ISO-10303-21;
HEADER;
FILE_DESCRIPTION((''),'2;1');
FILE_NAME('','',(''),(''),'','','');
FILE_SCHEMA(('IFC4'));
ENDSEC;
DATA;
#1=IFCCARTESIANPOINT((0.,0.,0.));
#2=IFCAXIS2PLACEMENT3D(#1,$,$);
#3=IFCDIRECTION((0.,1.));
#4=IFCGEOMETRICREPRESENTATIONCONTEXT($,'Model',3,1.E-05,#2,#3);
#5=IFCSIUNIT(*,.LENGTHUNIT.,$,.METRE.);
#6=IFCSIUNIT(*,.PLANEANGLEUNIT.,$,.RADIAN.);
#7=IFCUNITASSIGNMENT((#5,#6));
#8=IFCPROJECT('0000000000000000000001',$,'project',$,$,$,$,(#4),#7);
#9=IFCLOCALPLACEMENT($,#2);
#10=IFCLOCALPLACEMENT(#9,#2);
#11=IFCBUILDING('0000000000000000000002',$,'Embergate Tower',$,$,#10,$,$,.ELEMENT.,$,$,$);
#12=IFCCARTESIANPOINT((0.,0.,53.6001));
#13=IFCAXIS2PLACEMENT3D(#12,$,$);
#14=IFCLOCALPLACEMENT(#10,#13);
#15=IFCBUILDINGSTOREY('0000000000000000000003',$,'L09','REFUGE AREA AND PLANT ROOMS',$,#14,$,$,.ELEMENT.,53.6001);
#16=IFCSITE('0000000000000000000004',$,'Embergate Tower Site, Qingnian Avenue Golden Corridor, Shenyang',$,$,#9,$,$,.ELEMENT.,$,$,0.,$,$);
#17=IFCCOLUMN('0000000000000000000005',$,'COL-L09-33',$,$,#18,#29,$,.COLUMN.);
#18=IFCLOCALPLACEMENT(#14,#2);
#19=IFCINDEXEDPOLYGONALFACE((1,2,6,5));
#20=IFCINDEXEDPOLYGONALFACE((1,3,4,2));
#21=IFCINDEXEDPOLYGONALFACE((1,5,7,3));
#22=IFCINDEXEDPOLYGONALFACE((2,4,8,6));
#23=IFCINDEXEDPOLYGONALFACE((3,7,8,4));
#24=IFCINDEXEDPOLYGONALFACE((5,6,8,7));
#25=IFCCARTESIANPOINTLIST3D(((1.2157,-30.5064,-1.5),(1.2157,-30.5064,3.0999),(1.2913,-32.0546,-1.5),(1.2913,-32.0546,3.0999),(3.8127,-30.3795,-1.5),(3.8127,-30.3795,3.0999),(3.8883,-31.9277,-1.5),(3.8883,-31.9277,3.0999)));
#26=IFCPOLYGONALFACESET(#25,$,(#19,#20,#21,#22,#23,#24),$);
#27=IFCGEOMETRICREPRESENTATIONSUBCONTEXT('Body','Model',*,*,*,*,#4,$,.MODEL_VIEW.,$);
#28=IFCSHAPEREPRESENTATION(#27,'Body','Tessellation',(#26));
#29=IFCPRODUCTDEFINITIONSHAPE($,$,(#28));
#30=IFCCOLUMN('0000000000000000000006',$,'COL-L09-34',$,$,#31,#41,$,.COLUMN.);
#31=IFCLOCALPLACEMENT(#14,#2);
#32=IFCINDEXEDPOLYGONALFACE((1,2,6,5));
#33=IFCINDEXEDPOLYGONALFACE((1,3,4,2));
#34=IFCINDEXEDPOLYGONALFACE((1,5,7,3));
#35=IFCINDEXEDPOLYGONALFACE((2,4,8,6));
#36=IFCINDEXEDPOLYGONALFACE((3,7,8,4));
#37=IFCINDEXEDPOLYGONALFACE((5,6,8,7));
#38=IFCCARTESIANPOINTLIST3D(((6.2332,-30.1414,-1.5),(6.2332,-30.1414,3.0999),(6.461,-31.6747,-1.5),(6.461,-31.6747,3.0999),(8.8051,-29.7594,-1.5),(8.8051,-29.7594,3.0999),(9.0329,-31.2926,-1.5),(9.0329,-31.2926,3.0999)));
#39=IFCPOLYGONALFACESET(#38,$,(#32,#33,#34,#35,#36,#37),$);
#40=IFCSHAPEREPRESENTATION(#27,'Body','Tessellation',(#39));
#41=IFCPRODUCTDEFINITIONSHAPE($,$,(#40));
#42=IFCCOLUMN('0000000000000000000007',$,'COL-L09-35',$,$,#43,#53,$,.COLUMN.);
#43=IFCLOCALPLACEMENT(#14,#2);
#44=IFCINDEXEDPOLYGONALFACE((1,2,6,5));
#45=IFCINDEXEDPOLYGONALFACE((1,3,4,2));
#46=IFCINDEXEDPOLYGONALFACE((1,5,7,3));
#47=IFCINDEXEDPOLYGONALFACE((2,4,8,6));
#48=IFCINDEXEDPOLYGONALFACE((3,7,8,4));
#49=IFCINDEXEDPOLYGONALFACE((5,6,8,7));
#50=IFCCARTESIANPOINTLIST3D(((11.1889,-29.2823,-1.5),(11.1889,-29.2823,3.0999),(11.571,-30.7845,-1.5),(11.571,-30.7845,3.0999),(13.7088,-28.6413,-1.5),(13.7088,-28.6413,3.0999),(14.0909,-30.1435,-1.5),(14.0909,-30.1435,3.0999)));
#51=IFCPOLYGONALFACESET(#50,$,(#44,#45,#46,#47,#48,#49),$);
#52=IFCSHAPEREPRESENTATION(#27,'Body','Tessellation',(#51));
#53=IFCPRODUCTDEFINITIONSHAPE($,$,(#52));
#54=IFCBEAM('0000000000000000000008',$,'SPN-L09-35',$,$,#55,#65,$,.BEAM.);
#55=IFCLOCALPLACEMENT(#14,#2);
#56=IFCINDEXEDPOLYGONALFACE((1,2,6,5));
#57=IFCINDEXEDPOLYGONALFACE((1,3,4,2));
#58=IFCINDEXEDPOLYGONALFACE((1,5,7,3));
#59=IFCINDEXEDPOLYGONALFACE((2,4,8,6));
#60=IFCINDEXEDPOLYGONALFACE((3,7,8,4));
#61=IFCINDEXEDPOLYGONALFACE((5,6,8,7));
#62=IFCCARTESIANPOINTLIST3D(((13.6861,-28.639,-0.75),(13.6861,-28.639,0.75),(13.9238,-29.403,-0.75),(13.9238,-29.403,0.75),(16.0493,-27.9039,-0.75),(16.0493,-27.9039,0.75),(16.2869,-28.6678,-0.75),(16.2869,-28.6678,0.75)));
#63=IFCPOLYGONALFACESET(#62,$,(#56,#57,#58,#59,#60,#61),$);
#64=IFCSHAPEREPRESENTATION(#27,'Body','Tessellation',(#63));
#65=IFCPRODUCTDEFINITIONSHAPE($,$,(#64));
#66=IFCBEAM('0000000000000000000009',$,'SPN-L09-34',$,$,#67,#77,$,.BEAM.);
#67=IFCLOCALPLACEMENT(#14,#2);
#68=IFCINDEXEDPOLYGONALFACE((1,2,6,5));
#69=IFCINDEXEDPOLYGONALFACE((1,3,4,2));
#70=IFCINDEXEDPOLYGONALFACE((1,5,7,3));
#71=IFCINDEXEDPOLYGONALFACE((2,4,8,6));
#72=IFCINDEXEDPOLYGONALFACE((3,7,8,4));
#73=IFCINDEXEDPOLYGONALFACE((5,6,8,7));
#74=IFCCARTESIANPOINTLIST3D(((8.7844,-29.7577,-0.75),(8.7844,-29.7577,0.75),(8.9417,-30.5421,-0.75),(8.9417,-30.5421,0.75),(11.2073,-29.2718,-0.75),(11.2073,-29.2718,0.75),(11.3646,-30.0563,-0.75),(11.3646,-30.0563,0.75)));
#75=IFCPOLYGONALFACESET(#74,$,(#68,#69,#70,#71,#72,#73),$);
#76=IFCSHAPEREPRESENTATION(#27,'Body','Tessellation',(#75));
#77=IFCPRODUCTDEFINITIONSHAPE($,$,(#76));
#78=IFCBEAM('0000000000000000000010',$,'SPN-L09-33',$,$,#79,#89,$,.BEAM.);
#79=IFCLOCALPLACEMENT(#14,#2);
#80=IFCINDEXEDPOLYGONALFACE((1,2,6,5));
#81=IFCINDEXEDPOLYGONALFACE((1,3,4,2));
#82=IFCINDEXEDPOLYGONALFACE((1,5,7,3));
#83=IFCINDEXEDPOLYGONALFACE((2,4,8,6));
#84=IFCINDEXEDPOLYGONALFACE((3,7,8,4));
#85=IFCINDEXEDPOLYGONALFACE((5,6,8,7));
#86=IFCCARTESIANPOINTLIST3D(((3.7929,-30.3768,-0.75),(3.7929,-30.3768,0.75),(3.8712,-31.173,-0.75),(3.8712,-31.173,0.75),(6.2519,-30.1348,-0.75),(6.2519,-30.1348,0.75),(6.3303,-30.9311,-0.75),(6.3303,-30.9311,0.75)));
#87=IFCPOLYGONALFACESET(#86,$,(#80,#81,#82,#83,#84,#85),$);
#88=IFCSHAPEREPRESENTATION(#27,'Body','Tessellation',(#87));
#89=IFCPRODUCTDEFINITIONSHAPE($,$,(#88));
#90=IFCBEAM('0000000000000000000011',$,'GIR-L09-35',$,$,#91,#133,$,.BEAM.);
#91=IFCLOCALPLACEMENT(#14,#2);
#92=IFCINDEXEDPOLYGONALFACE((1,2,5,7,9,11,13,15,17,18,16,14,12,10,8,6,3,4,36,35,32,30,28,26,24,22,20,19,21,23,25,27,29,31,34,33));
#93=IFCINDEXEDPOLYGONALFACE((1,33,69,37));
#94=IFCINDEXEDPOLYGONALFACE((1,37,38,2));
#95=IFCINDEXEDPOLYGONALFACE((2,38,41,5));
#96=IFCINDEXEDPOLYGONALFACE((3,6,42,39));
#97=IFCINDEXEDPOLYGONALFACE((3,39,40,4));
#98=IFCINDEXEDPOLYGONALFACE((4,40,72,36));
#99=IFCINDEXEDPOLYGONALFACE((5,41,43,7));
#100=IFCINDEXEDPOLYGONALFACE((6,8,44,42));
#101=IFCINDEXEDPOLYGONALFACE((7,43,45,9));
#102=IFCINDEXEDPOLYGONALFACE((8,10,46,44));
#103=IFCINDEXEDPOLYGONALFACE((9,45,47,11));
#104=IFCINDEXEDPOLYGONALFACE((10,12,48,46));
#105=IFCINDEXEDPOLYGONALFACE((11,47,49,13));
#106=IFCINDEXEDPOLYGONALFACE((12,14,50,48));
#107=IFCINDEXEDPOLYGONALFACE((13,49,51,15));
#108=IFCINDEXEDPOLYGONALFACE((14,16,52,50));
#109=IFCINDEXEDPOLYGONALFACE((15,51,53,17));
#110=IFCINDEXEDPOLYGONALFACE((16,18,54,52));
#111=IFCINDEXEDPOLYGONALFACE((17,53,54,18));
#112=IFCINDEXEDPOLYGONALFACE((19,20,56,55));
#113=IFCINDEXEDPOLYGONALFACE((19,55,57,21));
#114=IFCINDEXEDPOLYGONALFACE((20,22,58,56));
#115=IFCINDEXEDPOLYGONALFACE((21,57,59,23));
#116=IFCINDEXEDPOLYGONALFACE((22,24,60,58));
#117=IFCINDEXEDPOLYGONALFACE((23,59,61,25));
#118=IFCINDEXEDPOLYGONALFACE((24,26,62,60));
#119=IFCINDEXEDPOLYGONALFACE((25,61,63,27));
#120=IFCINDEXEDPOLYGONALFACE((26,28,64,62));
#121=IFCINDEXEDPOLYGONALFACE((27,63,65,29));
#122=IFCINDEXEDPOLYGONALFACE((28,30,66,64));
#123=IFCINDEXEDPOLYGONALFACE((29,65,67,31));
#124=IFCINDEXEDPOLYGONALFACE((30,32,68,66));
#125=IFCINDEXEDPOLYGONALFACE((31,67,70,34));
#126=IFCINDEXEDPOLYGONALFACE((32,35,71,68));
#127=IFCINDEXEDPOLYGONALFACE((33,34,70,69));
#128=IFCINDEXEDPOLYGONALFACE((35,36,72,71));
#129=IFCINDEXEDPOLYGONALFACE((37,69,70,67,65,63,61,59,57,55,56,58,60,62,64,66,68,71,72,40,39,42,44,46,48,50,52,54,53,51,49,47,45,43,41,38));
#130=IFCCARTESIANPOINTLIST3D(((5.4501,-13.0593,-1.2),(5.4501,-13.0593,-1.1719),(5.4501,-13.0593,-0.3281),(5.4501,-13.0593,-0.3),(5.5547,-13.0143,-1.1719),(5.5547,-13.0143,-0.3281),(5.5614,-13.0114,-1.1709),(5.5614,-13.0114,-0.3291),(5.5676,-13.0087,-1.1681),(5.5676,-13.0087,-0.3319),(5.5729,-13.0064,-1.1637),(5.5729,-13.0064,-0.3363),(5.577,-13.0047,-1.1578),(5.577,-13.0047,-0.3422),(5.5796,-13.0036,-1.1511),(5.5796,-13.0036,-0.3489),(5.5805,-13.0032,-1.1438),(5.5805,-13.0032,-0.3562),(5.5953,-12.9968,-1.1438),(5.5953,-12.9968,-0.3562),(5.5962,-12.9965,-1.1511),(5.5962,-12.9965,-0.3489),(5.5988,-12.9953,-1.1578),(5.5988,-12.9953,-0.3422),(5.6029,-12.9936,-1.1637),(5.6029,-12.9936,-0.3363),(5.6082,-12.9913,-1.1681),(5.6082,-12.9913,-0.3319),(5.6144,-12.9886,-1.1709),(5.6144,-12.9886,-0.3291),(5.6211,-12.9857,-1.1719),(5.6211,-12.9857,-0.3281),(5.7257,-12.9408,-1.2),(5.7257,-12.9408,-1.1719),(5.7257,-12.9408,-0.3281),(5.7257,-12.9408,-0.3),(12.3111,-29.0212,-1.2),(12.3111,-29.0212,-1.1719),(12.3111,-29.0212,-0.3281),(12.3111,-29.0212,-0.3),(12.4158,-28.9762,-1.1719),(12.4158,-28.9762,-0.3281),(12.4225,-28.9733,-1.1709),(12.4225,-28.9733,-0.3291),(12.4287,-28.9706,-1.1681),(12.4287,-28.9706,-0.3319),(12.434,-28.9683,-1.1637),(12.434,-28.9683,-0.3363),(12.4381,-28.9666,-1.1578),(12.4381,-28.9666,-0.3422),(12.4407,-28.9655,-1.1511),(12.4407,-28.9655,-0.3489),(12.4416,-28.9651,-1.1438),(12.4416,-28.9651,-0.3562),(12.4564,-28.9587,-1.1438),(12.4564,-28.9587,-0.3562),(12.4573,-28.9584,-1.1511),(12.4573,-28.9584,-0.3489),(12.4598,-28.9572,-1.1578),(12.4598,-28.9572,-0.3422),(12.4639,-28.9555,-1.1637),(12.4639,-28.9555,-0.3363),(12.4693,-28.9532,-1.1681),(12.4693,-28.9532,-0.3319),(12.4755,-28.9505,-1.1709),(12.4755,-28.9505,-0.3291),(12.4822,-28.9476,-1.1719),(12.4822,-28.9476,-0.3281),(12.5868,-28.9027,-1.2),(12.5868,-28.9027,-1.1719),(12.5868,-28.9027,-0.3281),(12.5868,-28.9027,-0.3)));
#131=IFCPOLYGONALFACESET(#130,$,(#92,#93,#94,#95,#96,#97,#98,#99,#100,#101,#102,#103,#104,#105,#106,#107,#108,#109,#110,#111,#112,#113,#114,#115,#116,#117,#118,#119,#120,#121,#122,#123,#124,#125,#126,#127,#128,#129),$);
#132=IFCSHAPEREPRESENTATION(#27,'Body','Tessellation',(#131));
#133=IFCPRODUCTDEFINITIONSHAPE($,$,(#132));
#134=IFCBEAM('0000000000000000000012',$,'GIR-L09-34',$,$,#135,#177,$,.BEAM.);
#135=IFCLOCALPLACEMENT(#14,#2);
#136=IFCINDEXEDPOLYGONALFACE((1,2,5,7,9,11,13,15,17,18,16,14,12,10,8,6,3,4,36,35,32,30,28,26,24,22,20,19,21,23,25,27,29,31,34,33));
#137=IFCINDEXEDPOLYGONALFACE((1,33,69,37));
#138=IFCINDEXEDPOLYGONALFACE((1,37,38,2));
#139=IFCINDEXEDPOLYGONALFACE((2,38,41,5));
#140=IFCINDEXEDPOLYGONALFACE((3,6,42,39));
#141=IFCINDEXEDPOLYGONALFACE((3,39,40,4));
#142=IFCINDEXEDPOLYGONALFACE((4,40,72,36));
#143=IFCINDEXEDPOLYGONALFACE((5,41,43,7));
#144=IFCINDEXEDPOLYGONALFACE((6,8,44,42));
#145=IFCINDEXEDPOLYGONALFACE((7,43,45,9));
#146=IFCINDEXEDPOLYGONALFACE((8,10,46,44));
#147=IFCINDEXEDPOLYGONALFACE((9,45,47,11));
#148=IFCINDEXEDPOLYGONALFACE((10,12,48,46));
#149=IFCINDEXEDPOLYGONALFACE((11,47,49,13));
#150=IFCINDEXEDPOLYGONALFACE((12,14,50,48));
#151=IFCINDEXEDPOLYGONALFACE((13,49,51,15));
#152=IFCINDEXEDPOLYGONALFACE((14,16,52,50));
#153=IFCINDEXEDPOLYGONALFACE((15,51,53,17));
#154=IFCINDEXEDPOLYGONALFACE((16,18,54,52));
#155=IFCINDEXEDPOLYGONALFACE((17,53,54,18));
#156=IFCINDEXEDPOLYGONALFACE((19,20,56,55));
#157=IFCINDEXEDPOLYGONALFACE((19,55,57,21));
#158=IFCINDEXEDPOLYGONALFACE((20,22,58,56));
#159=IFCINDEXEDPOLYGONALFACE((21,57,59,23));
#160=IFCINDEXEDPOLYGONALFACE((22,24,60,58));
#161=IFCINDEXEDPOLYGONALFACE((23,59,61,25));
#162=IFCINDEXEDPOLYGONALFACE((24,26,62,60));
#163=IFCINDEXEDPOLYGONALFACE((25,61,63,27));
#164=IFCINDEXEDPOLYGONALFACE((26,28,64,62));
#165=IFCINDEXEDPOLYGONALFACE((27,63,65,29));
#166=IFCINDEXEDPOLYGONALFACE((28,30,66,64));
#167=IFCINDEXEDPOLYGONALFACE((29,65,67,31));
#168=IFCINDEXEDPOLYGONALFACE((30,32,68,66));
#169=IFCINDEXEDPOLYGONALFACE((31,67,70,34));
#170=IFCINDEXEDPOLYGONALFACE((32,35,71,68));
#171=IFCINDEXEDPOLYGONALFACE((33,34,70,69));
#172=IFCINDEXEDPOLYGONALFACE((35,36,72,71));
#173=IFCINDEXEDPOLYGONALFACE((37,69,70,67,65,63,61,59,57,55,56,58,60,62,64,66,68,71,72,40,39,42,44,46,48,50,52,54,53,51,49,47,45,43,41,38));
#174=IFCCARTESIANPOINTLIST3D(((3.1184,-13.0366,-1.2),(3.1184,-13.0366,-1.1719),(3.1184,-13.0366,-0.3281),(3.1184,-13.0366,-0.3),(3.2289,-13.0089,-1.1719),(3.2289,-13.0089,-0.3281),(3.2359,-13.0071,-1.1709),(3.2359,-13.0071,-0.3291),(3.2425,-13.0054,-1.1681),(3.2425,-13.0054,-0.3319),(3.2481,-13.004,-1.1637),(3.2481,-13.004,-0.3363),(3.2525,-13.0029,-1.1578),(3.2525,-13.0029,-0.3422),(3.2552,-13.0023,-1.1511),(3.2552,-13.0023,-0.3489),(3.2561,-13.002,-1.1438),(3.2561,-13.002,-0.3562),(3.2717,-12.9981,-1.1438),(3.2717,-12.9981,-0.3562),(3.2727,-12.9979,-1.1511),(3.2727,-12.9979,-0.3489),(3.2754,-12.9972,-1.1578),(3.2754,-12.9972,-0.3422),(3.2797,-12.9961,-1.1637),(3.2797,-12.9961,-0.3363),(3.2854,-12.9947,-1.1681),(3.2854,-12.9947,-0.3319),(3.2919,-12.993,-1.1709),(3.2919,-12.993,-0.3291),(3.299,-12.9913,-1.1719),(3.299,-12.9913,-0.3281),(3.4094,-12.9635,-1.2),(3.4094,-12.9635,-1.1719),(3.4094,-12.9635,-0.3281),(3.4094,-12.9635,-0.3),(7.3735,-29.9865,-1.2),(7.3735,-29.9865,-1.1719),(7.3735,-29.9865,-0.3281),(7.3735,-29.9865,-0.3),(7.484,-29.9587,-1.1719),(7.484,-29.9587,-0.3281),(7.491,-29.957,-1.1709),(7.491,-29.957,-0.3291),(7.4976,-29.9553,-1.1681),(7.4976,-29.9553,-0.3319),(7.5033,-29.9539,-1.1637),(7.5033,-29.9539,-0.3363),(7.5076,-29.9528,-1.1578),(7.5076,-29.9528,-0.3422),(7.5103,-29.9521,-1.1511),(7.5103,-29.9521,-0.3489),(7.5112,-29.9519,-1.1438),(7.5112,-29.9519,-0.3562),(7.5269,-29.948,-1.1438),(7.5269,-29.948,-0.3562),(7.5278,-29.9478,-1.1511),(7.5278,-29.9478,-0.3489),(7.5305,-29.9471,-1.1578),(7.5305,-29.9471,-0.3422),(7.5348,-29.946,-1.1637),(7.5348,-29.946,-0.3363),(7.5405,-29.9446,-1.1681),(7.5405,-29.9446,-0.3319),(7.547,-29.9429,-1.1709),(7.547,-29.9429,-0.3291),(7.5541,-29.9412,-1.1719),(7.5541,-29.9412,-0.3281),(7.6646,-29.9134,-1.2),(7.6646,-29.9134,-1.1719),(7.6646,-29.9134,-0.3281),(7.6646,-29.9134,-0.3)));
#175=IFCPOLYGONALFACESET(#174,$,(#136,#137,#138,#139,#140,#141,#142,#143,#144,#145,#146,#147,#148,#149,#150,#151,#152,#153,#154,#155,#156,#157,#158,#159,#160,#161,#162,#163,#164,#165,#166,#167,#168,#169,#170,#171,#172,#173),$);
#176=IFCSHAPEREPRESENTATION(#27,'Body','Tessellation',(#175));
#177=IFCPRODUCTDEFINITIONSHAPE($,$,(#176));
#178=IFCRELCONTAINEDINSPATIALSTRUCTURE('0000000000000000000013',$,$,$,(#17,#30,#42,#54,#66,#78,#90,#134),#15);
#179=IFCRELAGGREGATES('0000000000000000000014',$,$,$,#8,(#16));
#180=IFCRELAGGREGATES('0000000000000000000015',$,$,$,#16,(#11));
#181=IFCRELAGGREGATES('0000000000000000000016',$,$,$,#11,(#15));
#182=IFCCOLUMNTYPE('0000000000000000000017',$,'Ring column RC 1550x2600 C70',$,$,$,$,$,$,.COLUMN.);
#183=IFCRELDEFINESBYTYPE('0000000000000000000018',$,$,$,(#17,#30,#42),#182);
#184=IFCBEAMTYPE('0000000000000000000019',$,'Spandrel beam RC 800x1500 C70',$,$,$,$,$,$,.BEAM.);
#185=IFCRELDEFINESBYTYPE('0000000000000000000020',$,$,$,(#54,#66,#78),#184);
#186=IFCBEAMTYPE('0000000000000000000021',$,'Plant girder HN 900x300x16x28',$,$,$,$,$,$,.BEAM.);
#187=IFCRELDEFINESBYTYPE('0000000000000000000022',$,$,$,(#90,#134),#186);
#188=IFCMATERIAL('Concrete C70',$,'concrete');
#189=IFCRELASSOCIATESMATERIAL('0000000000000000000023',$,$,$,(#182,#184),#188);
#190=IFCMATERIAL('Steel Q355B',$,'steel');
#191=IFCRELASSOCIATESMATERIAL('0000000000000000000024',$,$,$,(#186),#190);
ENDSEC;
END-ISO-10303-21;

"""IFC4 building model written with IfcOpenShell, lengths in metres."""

from ifc_helpers import new_model, si_unit, direction, frame, origin, origin_2d, place, context, subcontext, project, spatial, rectangle, i_section, extrude, source, transform, mapped, material, material_profile, profile_set, type_object, element, save


model = new_model("IFC4")

# Units and contexts
model_context = context("Model", 3, precision=1e-05, world=origin(), true_north=direction((0.0, 1.0)))
body_context = subcontext(model_context, "Body", "Model", "MODEL_VIEW")
ifc_project = project(units=[si_unit("LENGTHUNIT", "METRE"), si_unit("PLANEANGLEUNIT", "RADIAN")], contexts=[model_context])

# Site, building, storey
site_placement = place(None, origin())
site = spatial("IfcSite", under=ifc_project, at=site_placement, Name="Embergate Tower Site, Qingnian Avenue Golden Corridor, Shenyang", CompositionType="ELEMENT", RefElevation=0.0)
building_placement = place(site_placement, origin())
building = spatial("IfcBuilding", under=site, at=building_placement, Name="Embergate Tower", CompositionType="ELEMENT")
storey_placement = place(building_placement, frame((0.0, 0.0, 53.6001)))
storey = spatial("IfcBuildingStorey", under=building, at=storey_placement, Name="L09", Description="REFUGE AREA AND PLANT ROOMS", CompositionType="ELEMENT", Elevation=53.6001)

# Columns
ifc_material_1 = material(Name="Concrete C70", Category="concrete")
ifc_material_profile_1 = material_profile(ifc_material_1, rectangle(XDim=1.55, YDim=2.6001, at=origin_2d()), Name="RC 1550x2600")
ifc_profile_set_1 = profile_set([ifc_material_profile_1], Name="Concrete C70")
column_type = type_object("IfcColumnType", Name="Ring column RC 1550x2600 C70", PredefinedType="COLUMN", material=ifc_profile_set_1)
shared_shape_1 = source(origin(), body_context, "Body", "SweptSolid", [
    extrude(rectangle(XDim=1.55, YDim=2.6001, at=origin_2d()), origin(), (0.0, 0.0, 1.0), 4.5999),
])
for number, where, z_axis, x_axis, name in (
    (1, (2.552, -31.217, -1.5), (0.0, 0.0, 1.0), (0.048815, -0.998808, 0.0), "COL-L09-33"),
    (2, (7.6331, -30.717, -1.5), (0.0, 0.0, 1.0), (0.146929, -0.989147, 0.0), "COL-L09-34"),
    (3, (12.6399, -29.7129, -1.5), (0.0, 0.0, 1.0), (0.246509, -0.969141, 0.0), "COL-L09-35"),
):
    element("IfcColumn", number, at=place(storey_placement, frame(where, z_axis=z_axis, x_axis=x_axis)), inside=storey, type_object=column_type, Name=name, PredefinedType="COLUMN", context=body_context, shape_type="MappedRepresentation", body=[
        mapped(shared_shape_1, transform((0.0, 0.0, 0.0))),
    ])

# Beams
ifc_material_profile_2 = material_profile(ifc_material_1, rectangle(XDim=0.8, YDim=1.5, at=origin_2d()), Name="RC 800x1500")
ifc_profile_set_2 = profile_set([ifc_material_profile_2], Name="Concrete C70")
beam_type_1 = type_object("IfcBeamType", Name="Spandrel beam RC 800x1500 C70", PredefinedType="BEAM", material=ifc_profile_set_2)
shared_shape_2 = source(origin(), body_context, "Body", "SweptSolid", [
    extrude(rectangle(XDim=0.8, YDim=1.5, at=origin_2d()), origin(), (0.0, 0.0, 1.0), 2.4749),
])
beam_1_placement = place(storey_placement, frame((13.8049, -29.021, 0.0), z_axis=(0.954864, 0.297045, 0.0), x_axis=(-0.297045, 0.954864, 0.0)))
element("IfcBeam", 4, at=beam_1_placement, inside=storey, type_object=beam_type_1, Name="SPN-L09-35", PredefinedType="BEAM", context=body_context, shape_type="MappedRepresentation", body=[
    mapped(shared_shape_2, transform((0.0, 0.0, 0.0))),
])
shared_shape_3 = source(origin(), body_context, "Body", "SweptSolid", [
    extrude(rectangle(XDim=0.8, YDim=1.5, at=origin_2d()), origin(), (0.0, 0.0, 1.0), 2.4712),
])
beam_2_placement = place(storey_placement, frame((8.863, -30.1499, 0.0), z_axis=(0.980482, 0.19661, 0.0), x_axis=(-0.19661, 0.980482, 0.0)))
element("IfcBeam", 5, at=beam_2_placement, inside=storey, type_object=beam_type_1, Name="SPN-L09-34", PredefinedType="BEAM", context=body_context, shape_type="MappedRepresentation", body=[
    mapped(shared_shape_3, transform((0.0, 0.0, 0.0))),
])
shared_shape_4 = source(origin(), body_context, "Body", "SweptSolid", [
    extrude(rectangle(XDim=0.8, YDim=1.5, at=origin_2d()), origin(), (0.0, 0.0, 1.0), 2.4709),
])
beam_3_placement = place(storey_placement, frame((3.832, -30.7749, 0.0), z_axis=(0.995194, 0.097919, 0.0), x_axis=(-0.097919, 0.995194, 0.0)))
element("IfcBeam", 6, at=beam_3_placement, inside=storey, type_object=beam_type_1, Name="SPN-L09-33", PredefinedType="BEAM", context=body_context, shape_type="MappedRepresentation", body=[
    mapped(shared_shape_4, transform((0.0, 0.0, 0.0))),
])
ifc_material_2 = material(Name="Steel Q355B", Category="steel")
ifc_material_profile_3 = material_profile(ifc_material_2, i_section(OverallWidth=0.3, OverallDepth=0.8999, WebThickness=0.0161, FlangeThickness=0.0281, FilletRadius=0.0281, at=origin_2d()), Name="HN 900x300x16x28")
ifc_profile_set_3 = profile_set([ifc_material_profile_3], Name="Steel Q355 grade B")
beam_type_2 = type_object("IfcBeamType", Name="Plant girder HN 900x300x16x28", PredefinedType="BEAM", material=ifc_profile_set_3)
shared_shape_5 = source(origin(), body_context, "Body", "SweptSolid", [
    extrude(i_section(OverallWidth=0.3, OverallDepth=0.8999, WebThickness=0.0161, FlangeThickness=0.0281, FilletRadius=0.0281, at=origin_2d()), origin(), (0.0, 0.0, 1.0), 17.374),
])
beam_4_placement = place(storey_placement, frame((12.449, -28.9619, -0.75), z_axis=(-0.394904, 0.918722, 0.0), x_axis=(-0.918722, -0.394904, 0.0)))
element("IfcBeam", 7, at=beam_4_placement, inside=storey, type_object=beam_type_2, Name="GIR-L09-35", PredefinedType="BEAM", context=body_context, shape_type="MappedRepresentation", body=[
    mapped(shared_shape_5, transform((0.0, 0.0, 0.0))),
])
shared_shape_6 = source(origin(), body_context, "Body", "SweptSolid", [
    extrude(i_section(OverallWidth=0.3, OverallDepth=0.8999, WebThickness=0.0161, FlangeThickness=0.0281, FilletRadius=0.0281, at=origin_2d()), origin(), (0.0, 0.0, 1.0), 17.4758),
])
beam_5_placement = place(storey_placement, frame((7.519, -29.95, -0.75), z_axis=(-0.243485, 0.969905, 0.0), x_axis=(-0.969905, -0.243485, 0.0)))
element("IfcBeam", 8, at=beam_5_placement, inside=storey, type_object=beam_type_2, Name="GIR-L09-34", PredefinedType="BEAM", context=body_context, shape_type="MappedRepresentation", body=[
    mapped(shared_shape_6, transform((0.0, 0.0, 0.0))),
])

save(model, "model.ifc")
